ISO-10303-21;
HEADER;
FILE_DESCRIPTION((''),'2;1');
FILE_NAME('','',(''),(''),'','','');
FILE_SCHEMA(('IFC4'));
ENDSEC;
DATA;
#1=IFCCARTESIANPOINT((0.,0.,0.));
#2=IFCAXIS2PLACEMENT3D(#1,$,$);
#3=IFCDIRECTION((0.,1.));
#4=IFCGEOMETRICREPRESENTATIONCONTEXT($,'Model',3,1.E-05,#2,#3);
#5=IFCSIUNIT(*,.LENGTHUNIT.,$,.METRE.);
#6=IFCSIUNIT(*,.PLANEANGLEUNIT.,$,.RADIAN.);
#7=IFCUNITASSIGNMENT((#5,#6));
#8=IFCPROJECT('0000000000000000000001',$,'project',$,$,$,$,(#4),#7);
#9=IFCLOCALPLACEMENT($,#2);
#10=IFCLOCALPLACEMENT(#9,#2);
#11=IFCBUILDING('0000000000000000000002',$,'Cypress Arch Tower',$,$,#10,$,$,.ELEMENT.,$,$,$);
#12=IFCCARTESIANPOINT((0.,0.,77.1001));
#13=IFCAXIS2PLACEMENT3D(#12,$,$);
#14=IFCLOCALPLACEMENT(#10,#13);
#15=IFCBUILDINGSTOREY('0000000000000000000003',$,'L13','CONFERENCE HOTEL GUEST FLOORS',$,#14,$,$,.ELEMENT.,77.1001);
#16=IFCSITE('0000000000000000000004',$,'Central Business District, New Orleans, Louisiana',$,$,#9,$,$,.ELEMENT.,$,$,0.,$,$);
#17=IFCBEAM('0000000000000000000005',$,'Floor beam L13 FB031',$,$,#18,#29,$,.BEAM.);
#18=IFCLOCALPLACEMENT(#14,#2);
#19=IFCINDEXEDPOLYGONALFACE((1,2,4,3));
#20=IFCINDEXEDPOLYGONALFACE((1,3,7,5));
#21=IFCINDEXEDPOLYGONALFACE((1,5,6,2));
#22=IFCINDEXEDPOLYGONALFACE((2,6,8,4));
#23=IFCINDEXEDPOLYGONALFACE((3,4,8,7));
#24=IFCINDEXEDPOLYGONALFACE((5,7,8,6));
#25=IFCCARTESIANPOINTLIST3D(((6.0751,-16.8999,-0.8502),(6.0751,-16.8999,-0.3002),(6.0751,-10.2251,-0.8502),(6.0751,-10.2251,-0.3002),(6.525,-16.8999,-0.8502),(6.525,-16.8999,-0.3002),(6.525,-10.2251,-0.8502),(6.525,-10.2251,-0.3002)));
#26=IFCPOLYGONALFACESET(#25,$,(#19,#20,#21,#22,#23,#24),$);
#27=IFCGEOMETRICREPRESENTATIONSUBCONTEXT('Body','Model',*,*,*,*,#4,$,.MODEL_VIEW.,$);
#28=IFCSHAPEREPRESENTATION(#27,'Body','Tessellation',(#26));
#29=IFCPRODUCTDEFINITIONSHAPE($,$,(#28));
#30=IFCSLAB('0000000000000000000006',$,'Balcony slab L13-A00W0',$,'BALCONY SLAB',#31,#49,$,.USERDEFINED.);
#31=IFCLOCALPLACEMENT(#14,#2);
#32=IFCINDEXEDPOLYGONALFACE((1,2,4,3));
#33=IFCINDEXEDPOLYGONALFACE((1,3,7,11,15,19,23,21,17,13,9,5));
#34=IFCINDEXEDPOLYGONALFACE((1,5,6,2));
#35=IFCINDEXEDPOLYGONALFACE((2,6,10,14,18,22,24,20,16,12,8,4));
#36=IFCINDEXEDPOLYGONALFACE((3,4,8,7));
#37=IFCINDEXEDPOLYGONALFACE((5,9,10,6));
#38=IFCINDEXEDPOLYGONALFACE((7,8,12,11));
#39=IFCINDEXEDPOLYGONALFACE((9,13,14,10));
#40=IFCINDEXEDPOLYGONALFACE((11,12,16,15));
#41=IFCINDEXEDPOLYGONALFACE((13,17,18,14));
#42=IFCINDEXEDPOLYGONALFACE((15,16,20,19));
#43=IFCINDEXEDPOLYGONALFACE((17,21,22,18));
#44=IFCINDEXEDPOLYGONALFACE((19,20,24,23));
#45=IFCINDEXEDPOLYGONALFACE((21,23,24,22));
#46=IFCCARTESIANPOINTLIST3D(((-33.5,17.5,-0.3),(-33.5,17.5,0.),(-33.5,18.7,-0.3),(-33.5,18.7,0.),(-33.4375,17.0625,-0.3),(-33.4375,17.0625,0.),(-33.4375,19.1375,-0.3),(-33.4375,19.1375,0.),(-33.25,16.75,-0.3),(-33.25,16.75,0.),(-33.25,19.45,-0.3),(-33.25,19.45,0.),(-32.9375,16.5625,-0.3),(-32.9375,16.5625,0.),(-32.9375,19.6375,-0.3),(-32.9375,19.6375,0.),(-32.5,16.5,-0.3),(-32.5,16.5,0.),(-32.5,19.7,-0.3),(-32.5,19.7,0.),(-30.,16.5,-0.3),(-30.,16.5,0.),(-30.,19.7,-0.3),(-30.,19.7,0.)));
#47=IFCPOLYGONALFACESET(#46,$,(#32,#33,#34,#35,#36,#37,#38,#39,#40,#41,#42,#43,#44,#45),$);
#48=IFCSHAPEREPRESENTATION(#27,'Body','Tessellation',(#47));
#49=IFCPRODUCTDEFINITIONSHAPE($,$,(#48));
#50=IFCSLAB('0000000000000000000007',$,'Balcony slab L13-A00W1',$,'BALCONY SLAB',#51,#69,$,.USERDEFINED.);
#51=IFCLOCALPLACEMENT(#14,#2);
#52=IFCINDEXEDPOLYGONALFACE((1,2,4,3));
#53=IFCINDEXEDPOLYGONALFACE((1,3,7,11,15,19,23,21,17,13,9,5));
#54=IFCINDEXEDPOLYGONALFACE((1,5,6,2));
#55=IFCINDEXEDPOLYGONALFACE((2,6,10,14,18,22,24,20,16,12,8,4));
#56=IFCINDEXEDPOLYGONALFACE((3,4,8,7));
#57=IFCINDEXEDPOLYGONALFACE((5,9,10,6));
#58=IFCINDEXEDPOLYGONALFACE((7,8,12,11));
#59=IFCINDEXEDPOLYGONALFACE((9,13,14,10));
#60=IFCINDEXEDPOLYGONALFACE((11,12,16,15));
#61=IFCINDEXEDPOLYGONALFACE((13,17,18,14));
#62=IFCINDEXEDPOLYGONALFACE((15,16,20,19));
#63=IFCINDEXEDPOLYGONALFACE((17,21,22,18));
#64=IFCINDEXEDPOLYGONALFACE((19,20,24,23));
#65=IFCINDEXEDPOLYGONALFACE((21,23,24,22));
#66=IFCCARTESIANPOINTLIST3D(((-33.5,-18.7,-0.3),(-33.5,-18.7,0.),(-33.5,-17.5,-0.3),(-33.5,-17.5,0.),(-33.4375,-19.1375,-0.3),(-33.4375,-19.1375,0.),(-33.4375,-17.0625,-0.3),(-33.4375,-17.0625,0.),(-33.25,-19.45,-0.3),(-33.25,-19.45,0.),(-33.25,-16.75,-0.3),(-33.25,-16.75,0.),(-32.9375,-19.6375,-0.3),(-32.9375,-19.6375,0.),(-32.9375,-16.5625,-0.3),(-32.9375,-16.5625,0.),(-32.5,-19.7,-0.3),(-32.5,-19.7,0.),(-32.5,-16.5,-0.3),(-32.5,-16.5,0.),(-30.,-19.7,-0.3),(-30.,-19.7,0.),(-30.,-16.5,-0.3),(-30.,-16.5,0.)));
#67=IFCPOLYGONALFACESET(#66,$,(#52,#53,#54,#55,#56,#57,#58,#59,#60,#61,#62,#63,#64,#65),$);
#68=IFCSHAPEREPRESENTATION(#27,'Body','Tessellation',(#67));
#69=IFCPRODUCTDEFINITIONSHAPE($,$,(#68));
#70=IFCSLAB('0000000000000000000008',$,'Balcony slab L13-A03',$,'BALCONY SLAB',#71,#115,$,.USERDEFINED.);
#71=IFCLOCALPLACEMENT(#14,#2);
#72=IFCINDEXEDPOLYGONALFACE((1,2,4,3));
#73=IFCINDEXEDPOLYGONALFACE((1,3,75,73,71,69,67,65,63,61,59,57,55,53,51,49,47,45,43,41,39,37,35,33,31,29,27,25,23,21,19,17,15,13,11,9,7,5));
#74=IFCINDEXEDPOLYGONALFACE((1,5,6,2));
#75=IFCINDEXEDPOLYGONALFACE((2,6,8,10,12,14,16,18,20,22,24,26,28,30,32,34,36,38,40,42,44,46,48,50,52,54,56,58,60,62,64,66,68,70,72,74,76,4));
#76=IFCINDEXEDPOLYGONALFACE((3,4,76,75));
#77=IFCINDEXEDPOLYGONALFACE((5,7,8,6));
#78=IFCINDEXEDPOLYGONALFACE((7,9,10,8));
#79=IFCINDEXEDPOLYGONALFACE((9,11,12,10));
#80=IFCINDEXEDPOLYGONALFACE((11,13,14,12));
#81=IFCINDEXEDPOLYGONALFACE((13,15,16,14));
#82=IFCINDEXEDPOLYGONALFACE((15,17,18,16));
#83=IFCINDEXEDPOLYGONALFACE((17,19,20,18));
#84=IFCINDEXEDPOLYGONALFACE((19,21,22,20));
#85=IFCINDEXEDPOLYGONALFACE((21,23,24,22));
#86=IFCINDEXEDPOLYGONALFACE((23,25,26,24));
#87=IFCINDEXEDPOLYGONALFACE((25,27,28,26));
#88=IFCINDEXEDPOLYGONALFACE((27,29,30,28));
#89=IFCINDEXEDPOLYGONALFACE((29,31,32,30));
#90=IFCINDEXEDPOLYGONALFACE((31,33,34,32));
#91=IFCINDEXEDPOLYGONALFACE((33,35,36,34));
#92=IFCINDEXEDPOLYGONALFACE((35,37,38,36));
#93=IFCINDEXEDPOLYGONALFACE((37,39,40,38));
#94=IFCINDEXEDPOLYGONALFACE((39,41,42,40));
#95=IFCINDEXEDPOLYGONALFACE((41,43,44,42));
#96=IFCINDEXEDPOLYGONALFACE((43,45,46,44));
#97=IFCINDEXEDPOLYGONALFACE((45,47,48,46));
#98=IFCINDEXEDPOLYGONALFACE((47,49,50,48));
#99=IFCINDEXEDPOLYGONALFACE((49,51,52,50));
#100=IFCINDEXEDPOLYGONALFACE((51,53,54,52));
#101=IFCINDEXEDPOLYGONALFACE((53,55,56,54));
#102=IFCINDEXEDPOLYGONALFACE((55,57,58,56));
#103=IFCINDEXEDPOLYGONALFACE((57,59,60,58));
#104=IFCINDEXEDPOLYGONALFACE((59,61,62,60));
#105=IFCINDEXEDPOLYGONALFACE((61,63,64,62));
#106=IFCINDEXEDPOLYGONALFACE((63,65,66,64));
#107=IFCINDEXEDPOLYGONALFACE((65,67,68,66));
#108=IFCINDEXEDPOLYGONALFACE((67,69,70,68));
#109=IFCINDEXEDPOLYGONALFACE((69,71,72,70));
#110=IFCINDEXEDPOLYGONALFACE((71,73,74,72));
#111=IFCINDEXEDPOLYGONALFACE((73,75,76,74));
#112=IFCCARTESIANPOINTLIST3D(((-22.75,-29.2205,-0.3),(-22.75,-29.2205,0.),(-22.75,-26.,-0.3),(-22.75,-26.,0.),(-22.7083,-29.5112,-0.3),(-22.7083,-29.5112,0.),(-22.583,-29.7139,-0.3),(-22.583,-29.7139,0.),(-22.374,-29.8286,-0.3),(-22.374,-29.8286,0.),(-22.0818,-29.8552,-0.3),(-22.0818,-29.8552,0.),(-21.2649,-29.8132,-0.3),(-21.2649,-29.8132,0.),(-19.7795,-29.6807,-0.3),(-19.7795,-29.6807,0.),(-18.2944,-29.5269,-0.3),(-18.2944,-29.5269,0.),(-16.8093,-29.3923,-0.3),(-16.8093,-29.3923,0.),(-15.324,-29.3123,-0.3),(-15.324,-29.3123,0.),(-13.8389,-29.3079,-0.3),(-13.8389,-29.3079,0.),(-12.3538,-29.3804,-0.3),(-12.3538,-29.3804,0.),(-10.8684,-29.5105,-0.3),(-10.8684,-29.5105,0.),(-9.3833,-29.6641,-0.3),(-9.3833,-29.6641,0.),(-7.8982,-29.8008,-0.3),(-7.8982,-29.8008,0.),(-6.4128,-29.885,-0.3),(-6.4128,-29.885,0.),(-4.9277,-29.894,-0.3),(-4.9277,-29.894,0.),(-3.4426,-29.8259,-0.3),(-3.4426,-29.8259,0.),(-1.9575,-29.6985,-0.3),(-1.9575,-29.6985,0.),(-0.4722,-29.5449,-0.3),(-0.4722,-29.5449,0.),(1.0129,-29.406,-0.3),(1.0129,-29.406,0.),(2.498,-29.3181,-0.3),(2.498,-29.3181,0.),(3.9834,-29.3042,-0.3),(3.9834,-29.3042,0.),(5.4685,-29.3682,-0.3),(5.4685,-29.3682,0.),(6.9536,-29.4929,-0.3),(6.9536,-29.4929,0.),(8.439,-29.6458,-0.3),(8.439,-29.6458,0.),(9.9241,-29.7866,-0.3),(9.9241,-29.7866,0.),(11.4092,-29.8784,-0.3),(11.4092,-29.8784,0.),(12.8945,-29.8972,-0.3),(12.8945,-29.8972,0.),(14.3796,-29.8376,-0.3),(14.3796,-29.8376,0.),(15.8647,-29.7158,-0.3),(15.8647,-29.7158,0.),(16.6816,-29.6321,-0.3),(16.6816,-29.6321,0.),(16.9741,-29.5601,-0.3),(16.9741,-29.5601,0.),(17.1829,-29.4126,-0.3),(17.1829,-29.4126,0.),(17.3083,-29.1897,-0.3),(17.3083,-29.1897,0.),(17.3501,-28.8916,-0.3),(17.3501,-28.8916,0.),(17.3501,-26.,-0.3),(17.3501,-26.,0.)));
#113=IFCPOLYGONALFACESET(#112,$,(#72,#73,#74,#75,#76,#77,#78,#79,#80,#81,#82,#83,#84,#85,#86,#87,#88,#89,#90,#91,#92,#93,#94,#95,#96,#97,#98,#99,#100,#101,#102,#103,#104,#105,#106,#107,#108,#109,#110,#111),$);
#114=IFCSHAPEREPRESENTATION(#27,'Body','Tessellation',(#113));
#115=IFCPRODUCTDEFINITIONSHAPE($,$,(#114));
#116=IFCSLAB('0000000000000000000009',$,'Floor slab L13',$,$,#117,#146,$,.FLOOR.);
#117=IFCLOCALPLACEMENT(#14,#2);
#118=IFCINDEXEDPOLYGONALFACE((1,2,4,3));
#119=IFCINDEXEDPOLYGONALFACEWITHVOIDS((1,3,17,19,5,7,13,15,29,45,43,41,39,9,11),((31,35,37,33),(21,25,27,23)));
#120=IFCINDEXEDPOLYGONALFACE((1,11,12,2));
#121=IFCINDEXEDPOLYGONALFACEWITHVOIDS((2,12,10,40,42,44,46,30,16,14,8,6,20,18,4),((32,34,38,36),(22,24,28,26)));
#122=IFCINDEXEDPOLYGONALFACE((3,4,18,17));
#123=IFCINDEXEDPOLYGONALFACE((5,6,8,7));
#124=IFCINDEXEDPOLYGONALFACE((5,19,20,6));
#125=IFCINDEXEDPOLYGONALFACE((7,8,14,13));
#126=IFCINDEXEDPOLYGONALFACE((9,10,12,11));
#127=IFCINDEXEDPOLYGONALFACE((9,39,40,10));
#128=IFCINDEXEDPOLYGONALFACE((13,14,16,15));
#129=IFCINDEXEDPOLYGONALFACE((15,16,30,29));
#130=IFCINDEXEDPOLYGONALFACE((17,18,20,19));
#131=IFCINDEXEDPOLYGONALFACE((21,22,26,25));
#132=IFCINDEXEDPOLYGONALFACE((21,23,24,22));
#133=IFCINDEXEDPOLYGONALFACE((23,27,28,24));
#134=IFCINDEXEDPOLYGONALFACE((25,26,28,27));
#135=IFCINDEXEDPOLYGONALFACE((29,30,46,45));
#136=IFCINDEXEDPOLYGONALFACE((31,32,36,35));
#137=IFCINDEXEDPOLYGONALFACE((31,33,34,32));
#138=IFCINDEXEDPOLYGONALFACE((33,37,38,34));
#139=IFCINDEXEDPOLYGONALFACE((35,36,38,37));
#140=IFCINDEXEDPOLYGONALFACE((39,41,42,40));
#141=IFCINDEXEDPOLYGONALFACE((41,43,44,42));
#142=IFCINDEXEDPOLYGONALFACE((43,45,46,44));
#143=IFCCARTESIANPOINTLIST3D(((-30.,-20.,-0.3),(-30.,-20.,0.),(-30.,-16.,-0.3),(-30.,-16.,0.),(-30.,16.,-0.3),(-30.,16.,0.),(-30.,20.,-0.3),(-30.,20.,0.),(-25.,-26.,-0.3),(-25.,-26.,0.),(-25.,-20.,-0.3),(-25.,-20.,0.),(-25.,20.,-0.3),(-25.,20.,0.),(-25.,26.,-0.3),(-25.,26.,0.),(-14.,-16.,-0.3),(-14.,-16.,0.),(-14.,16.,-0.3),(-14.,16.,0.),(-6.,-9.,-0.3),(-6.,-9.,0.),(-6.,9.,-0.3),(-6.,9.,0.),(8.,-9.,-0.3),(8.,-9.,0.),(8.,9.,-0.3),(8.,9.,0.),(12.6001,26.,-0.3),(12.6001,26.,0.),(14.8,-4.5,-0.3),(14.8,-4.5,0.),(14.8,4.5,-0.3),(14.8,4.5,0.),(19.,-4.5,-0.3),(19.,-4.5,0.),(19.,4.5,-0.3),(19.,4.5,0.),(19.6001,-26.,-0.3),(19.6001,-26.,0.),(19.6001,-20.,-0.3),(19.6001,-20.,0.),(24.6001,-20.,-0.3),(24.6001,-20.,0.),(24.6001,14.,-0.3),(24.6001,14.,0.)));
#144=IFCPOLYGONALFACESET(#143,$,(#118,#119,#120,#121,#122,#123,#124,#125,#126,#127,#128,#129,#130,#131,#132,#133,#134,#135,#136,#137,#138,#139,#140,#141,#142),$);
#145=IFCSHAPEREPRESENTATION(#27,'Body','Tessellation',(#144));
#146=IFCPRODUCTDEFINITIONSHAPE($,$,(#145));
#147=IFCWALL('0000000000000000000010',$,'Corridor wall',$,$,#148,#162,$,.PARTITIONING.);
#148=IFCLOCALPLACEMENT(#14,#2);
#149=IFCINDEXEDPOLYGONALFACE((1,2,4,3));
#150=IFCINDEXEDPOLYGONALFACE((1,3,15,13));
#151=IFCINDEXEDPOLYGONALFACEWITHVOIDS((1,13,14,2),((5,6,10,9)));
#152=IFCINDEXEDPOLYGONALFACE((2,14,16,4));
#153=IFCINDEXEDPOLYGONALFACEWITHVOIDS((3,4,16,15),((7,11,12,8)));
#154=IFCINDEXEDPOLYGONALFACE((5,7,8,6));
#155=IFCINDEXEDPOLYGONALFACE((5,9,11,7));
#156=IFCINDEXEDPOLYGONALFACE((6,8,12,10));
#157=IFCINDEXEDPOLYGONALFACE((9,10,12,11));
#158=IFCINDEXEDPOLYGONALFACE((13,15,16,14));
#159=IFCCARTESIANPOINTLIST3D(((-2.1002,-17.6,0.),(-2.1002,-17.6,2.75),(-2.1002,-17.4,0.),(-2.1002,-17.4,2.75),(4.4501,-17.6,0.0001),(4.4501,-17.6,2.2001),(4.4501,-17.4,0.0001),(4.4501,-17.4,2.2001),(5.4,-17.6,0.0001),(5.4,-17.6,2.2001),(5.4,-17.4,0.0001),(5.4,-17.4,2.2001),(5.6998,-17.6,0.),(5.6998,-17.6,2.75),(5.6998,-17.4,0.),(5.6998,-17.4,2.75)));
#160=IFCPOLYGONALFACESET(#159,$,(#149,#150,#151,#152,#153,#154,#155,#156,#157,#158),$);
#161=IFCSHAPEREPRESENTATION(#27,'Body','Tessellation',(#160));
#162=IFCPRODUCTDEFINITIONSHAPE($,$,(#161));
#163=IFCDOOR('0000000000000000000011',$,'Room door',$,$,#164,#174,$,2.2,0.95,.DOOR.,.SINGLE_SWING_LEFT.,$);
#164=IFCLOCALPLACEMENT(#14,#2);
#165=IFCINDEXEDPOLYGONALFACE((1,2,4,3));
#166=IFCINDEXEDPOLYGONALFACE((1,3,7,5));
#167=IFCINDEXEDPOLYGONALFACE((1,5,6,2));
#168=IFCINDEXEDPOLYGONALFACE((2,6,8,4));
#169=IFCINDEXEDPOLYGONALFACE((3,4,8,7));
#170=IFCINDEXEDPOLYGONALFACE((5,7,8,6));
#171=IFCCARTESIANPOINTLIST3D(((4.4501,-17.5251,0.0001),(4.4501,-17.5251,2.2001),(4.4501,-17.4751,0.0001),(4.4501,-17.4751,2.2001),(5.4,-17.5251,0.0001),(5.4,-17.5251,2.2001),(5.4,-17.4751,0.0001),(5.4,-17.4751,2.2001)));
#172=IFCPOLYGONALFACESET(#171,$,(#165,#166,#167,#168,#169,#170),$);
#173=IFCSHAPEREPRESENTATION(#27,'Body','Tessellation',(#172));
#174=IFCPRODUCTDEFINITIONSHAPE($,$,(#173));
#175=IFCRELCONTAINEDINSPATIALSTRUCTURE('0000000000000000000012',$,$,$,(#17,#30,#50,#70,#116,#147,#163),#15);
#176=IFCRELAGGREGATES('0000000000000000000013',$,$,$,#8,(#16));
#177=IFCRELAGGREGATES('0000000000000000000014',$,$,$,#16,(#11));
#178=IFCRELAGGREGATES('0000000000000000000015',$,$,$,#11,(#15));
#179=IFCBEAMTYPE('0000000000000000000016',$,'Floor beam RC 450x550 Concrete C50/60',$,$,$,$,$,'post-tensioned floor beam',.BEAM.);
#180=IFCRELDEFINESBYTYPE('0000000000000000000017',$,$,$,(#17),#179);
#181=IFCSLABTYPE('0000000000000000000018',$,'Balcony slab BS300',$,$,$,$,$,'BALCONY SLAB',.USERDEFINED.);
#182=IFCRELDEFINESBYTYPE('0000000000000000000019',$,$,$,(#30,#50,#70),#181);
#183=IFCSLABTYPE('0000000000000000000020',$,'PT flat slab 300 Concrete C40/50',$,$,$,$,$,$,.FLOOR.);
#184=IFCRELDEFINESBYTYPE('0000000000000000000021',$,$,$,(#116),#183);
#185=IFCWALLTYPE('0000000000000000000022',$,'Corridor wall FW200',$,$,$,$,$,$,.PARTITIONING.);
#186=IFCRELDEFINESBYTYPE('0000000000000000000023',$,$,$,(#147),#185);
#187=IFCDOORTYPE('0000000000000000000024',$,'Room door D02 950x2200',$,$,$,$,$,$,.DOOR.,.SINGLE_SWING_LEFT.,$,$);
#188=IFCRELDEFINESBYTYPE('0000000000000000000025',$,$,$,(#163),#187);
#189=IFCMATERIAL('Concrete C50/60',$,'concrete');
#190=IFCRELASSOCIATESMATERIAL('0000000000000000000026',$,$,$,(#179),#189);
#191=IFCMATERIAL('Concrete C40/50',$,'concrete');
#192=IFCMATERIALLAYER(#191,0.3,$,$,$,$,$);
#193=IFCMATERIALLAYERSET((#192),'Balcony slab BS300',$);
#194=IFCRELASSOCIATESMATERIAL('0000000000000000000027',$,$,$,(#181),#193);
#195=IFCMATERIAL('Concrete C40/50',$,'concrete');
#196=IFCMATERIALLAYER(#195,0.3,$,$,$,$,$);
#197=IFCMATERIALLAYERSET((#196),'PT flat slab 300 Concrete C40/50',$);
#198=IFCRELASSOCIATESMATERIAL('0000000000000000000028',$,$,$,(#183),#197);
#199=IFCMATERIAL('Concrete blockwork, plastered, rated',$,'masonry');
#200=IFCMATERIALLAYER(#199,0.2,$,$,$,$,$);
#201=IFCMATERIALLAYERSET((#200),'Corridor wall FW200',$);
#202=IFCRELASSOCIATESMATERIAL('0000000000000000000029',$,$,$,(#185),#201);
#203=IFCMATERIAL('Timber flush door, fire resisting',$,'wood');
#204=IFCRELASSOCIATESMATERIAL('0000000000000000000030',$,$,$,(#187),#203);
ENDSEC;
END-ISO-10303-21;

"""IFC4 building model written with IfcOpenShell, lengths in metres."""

from ifc_helpers import new_model, si_unit, direction, frame, frame_2d, origin, origin_2d, place, context, subcontext, project, spatial, polyline, rectangle, outline, extrude, material, layer, layer_set, material_profile, profile_set, type_object, element, fill, save


model = new_model("IFC4")

# Units and contexts
model_context = context("Model", 3, precision=1e-05, world=origin(), true_north=direction((0.0, 1.0)))
body_context = subcontext(model_context, "Body", "Model", "MODEL_VIEW")
ifc_project = project(units=[si_unit("LENGTHUNIT", "METRE"), si_unit("PLANEANGLEUNIT", "RADIAN")], contexts=[model_context])

# Site, building, storey
site_placement = place(None, origin())
site = spatial("IfcSite", under=ifc_project, at=site_placement, Name="Central Business District, New Orleans, Louisiana", CompositionType="ELEMENT", RefElevation=0.0)
building_placement = place(site_placement, origin())
building = spatial("IfcBuilding", under=site, at=building_placement, Name="Cypress Arch Tower", CompositionType="ELEMENT")
storey_placement = place(building_placement, frame((0.0, 0.0, 77.1001)))
storey = spatial("IfcBuildingStorey", under=building, at=storey_placement, Name="L13", Description="CONFERENCE HOTEL GUEST FLOORS", CompositionType="ELEMENT", Elevation=77.1001)

# Beam
ifc_material_1 = material(Name="Concrete C50/60", Category="concrete")
ifc_material_profile_1 = material_profile(ifc_material_1, rectangle(XDim=0.45, YDim=0.55, at=origin_2d()), Name="RC 450x550")
ifc_profile_set_1 = profile_set([ifc_material_profile_1], Name="Concrete C50/60")
beam_type_1 = type_object("IfcBeamType", Name="Floor beam RC 450x550 Concrete C50/60", ElementType="post-tensioned floor beam", PredefinedType="BEAM", material=ifc_profile_set_1)
beam_1_placement = place(storey_placement, frame((6.3, -16.8999, -0.5752), z_axis=(0.0, 1.0, 0.0), x_axis=(-1.0, 0.0, 0.0)))
element("IfcBeam", 1, at=beam_1_placement, inside=storey, type_object=beam_type_1, Name="Floor beam L13 FB031", PredefinedType="BEAM", context=body_context, shape_type="SweptSolid", body=[
    extrude(rectangle(XDim=0.45, YDim=0.55, at=origin_2d()), origin(), (0.0, 0.0, 1.0), 6.6748),
])

# Slabs
ifc_material_2 = material(Name="Concrete C40/50", Category="concrete")
ifc_layer_1 = layer(ifc_material_2, 0.3)
ifc_layer_set_1 = layer_set([ifc_layer_1], Name="Balcony slab BS300")
slab_type_1 = type_object("IfcSlabType", Name="Balcony slab BS300", ElementType="BALCONY SLAB", PredefinedType="USERDEFINED", material=ifc_layer_set_1)
slab_1_placement = place(storey_placement, frame((0.0, 0.0, -0.3)))
element("IfcSlab", 2, at=slab_1_placement, inside=storey, type_object=slab_type_1, Name="Balcony slab L13-A00W0", ObjectType="BALCONY SLAB", PredefinedType="USERDEFINED", context=body_context, shape_type="SweptSolid", body=[
    extrude(outline(polyline([(-30.0, 19.7), (-32.5, 19.7), (-32.9375, 19.6375), (-33.25, 19.45), (-33.4375, 19.1375), (-33.5, 18.7), (-33.5, 17.5), (-33.4375, 17.0625), (-33.25, 16.75), (-32.9375, 16.5625), (-32.5, 16.5), (-30.0, 16.5), (-30.0, 19.7)])), origin(), (0.0, 0.0, 1.0), 0.3),
])
slab_2_placement = place(storey_placement, frame((0.0, 0.0, -0.3)))
element("IfcSlab", 3, at=slab_2_placement, inside=storey, type_object=slab_type_1, Name="Balcony slab L13-A00W1", ObjectType="BALCONY SLAB", PredefinedType="USERDEFINED", context=body_context, shape_type="SweptSolid", body=[
    extrude(outline(polyline([(-30.0, -16.5), (-32.5, -16.5), (-32.9375, -16.5625), (-33.25, -16.75), (-33.4375, -17.0625), (-33.5, -17.5), (-33.5, -18.7), (-33.4375, -19.1375), (-33.25, -19.45), (-32.9375, -19.6375), (-32.5, -19.7), (-30.0, -19.7), (-30.0, -16.5)])), origin(), (0.0, 0.0, 1.0), 0.3),
])
slab_3_placement = place(storey_placement, frame((0.0, 0.0, -0.3)))
element("IfcSlab", 4, at=slab_3_placement, inside=storey, type_object=slab_type_1, Name="Balcony slab L13-A03", ObjectType="BALCONY SLAB", PredefinedType="USERDEFINED", context=body_context, shape_type="SweptSolid", body=[
    extrude(outline(polyline([(-22.75, -26.0), (-22.75, -29.2205), (-22.7083, -29.5112), (-22.583, -29.7139), (-22.374, -29.8286), (-22.0818, -29.8552), (-21.2649, -29.8132), (-19.7795, -29.6807), (-18.2944, -29.5269), (-16.8093, -29.3923), (-15.324, -29.3123), (-13.8389, -29.3079), (-12.3538, -29.3804), (-10.8684, -29.5105), (-9.3833, -29.6641), (-7.8982, -29.8008), (-6.4128, -29.885), (-4.9277, -29.894), (-3.4426, -29.8259), (-1.9575, -29.6985), (-0.4722, -29.5449), (1.0129, -29.406), (2.498, -29.3181), (3.9834, -29.3042), (5.4685, -29.3682), (6.9536, -29.4929), (8.439, -29.6458), (9.9241, -29.7866), (11.4092, -29.8784), (12.8945, -29.8972), (14.3796, -29.8376), (15.8647, -29.7158), (16.6816, -29.6321), (16.9741, -29.5601), (17.1829, -29.4126), (17.3083, -29.1897), (17.3501, -28.8916), (17.3501, -26.0), (-22.75, -26.0)])), origin(), (0.0, 0.0, 1.0), 0.3),
])
ifc_material_3 = material(Name="Concrete C40/50", Category="concrete")
ifc_layer_2 = layer(ifc_material_3, 0.3)
ifc_layer_set_2 = layer_set([ifc_layer_2], Name="PT flat slab 300 Concrete C40/50")
slab_type_2 = type_object("IfcSlabType", Name="PT flat slab 300 Concrete C40/50", PredefinedType="FLOOR", material=ifc_layer_set_2)
slab_4_placement = place(storey_placement, frame((0.0, 0.0, -0.3)))
element("IfcSlab", 5, at=slab_4_placement, inside=storey, type_object=slab_type_2, Name="Floor slab L13", PredefinedType="FLOOR", context=body_context, shape_type="SweptSolid", body=[
    extrude(outline(polyline([(-30.0, 20.0), (-25.0, 20.0), (-25.0, 26.0), (12.6001, 26.0), (24.6001, 14.0), (24.6001, -20.0), (19.6001, -20.0), (19.6001, -26.0), (-25.0, -26.0), (-25.0, -20.0), (-30.0, -20.0), (-30.0, -16.0), (-14.0, -16.0), (-14.0, 16.0), (-30.0, 16.0), (-30.0, 20.0)]), holes=[polyline([(-6.0, -9.0), (8.0, -9.0), (8.0, 9.0), (-6.0, 9.0), (-6.0, -9.0)]), polyline([(14.8, -4.5), (19.0, -4.5), (19.0, 4.5), (14.8, 4.5), (14.8, -4.5)])]), origin(), (0.0, 0.0, 1.0), 0.3),
])

# Wall, opening, door
ifc_material_4 = material(Name="Concrete blockwork, plastered, rated", Category="masonry")
ifc_layer_3 = layer(ifc_material_4, 0.2)
ifc_layer_set_3 = layer_set([ifc_layer_3], Name="Corridor wall FW200")
wall_type_1 = type_object("IfcWallType", Name="Corridor wall FW200", PredefinedType="PARTITIONING", material=ifc_layer_set_3)
wall_1_placement = place(storey_placement, frame((-2.1001, -17.5, 0.0), z_axis=(0.0, 0.0, 1.0), x_axis=(1.0, 0.0, 0.0)))
wall_1 = element("IfcWall", 6, at=wall_1_placement, inside=storey, type_object=wall_type_1, Name="Corridor wall", PredefinedType="PARTITIONING", context=body_context, shape_type="SweptSolid", body=[
    extrude(rectangle(XDim=7.8, YDim=0.2, at=frame_2d((3.8999, 0.0))), origin(), (0.0, 0.0, 1.0), 2.75),
])
opening_1_placement = place(wall_1_placement, frame((6.55, 0.0, 0.0)))
opening_1 = element("IfcOpeningElement", 7, at=opening_1_placement, cuts=wall_1, PredefinedType="OPENING", context=body_context, shape_type="SweptSolid", body=[
    extrude(rectangle(XDim=0.95, YDim=2.2, at=frame_2d((0.4751, 1.1001))), frame((0.0, 0.1099, 0.0), z_axis=(0.0, -1.0, 0.0), x_axis=(1.0, 0.0, 0.0)), (0.0, 0.0, 1.0), 0.22),
])
ifc_material_5 = material(Name="Timber flush door, fire resisting", Category="wood")
door_type_1 = type_object("IfcDoorType", Name="Room door D02 950x2200", OperationType="SINGLE_SWING_LEFT", PredefinedType="DOOR", material=ifc_material_5)
door_1_placement = place(opening_1_placement, origin())
door_1 = element("IfcDoor", 8, at=door_1_placement, inside=storey, type_object=door_type_1, Name="Room door", OperationType="SINGLE_SWING_LEFT", OverallHeight=2.2, OverallWidth=0.95, PredefinedType="DOOR", context=body_context, shape_type="SweptSolid", body=[
    extrude(rectangle(XDim=0.95, YDim=2.2, at=frame_2d((0.4751, 1.1001))), frame((0.0, 0.0249, 0.0), z_axis=(0.0, -1.0, 0.0), x_axis=(1.0, 0.0, 0.0)), (0.0, 0.0, 1.0), 0.05),
])
fill(opening_1, door_1)

save(model, "model.ifc")
